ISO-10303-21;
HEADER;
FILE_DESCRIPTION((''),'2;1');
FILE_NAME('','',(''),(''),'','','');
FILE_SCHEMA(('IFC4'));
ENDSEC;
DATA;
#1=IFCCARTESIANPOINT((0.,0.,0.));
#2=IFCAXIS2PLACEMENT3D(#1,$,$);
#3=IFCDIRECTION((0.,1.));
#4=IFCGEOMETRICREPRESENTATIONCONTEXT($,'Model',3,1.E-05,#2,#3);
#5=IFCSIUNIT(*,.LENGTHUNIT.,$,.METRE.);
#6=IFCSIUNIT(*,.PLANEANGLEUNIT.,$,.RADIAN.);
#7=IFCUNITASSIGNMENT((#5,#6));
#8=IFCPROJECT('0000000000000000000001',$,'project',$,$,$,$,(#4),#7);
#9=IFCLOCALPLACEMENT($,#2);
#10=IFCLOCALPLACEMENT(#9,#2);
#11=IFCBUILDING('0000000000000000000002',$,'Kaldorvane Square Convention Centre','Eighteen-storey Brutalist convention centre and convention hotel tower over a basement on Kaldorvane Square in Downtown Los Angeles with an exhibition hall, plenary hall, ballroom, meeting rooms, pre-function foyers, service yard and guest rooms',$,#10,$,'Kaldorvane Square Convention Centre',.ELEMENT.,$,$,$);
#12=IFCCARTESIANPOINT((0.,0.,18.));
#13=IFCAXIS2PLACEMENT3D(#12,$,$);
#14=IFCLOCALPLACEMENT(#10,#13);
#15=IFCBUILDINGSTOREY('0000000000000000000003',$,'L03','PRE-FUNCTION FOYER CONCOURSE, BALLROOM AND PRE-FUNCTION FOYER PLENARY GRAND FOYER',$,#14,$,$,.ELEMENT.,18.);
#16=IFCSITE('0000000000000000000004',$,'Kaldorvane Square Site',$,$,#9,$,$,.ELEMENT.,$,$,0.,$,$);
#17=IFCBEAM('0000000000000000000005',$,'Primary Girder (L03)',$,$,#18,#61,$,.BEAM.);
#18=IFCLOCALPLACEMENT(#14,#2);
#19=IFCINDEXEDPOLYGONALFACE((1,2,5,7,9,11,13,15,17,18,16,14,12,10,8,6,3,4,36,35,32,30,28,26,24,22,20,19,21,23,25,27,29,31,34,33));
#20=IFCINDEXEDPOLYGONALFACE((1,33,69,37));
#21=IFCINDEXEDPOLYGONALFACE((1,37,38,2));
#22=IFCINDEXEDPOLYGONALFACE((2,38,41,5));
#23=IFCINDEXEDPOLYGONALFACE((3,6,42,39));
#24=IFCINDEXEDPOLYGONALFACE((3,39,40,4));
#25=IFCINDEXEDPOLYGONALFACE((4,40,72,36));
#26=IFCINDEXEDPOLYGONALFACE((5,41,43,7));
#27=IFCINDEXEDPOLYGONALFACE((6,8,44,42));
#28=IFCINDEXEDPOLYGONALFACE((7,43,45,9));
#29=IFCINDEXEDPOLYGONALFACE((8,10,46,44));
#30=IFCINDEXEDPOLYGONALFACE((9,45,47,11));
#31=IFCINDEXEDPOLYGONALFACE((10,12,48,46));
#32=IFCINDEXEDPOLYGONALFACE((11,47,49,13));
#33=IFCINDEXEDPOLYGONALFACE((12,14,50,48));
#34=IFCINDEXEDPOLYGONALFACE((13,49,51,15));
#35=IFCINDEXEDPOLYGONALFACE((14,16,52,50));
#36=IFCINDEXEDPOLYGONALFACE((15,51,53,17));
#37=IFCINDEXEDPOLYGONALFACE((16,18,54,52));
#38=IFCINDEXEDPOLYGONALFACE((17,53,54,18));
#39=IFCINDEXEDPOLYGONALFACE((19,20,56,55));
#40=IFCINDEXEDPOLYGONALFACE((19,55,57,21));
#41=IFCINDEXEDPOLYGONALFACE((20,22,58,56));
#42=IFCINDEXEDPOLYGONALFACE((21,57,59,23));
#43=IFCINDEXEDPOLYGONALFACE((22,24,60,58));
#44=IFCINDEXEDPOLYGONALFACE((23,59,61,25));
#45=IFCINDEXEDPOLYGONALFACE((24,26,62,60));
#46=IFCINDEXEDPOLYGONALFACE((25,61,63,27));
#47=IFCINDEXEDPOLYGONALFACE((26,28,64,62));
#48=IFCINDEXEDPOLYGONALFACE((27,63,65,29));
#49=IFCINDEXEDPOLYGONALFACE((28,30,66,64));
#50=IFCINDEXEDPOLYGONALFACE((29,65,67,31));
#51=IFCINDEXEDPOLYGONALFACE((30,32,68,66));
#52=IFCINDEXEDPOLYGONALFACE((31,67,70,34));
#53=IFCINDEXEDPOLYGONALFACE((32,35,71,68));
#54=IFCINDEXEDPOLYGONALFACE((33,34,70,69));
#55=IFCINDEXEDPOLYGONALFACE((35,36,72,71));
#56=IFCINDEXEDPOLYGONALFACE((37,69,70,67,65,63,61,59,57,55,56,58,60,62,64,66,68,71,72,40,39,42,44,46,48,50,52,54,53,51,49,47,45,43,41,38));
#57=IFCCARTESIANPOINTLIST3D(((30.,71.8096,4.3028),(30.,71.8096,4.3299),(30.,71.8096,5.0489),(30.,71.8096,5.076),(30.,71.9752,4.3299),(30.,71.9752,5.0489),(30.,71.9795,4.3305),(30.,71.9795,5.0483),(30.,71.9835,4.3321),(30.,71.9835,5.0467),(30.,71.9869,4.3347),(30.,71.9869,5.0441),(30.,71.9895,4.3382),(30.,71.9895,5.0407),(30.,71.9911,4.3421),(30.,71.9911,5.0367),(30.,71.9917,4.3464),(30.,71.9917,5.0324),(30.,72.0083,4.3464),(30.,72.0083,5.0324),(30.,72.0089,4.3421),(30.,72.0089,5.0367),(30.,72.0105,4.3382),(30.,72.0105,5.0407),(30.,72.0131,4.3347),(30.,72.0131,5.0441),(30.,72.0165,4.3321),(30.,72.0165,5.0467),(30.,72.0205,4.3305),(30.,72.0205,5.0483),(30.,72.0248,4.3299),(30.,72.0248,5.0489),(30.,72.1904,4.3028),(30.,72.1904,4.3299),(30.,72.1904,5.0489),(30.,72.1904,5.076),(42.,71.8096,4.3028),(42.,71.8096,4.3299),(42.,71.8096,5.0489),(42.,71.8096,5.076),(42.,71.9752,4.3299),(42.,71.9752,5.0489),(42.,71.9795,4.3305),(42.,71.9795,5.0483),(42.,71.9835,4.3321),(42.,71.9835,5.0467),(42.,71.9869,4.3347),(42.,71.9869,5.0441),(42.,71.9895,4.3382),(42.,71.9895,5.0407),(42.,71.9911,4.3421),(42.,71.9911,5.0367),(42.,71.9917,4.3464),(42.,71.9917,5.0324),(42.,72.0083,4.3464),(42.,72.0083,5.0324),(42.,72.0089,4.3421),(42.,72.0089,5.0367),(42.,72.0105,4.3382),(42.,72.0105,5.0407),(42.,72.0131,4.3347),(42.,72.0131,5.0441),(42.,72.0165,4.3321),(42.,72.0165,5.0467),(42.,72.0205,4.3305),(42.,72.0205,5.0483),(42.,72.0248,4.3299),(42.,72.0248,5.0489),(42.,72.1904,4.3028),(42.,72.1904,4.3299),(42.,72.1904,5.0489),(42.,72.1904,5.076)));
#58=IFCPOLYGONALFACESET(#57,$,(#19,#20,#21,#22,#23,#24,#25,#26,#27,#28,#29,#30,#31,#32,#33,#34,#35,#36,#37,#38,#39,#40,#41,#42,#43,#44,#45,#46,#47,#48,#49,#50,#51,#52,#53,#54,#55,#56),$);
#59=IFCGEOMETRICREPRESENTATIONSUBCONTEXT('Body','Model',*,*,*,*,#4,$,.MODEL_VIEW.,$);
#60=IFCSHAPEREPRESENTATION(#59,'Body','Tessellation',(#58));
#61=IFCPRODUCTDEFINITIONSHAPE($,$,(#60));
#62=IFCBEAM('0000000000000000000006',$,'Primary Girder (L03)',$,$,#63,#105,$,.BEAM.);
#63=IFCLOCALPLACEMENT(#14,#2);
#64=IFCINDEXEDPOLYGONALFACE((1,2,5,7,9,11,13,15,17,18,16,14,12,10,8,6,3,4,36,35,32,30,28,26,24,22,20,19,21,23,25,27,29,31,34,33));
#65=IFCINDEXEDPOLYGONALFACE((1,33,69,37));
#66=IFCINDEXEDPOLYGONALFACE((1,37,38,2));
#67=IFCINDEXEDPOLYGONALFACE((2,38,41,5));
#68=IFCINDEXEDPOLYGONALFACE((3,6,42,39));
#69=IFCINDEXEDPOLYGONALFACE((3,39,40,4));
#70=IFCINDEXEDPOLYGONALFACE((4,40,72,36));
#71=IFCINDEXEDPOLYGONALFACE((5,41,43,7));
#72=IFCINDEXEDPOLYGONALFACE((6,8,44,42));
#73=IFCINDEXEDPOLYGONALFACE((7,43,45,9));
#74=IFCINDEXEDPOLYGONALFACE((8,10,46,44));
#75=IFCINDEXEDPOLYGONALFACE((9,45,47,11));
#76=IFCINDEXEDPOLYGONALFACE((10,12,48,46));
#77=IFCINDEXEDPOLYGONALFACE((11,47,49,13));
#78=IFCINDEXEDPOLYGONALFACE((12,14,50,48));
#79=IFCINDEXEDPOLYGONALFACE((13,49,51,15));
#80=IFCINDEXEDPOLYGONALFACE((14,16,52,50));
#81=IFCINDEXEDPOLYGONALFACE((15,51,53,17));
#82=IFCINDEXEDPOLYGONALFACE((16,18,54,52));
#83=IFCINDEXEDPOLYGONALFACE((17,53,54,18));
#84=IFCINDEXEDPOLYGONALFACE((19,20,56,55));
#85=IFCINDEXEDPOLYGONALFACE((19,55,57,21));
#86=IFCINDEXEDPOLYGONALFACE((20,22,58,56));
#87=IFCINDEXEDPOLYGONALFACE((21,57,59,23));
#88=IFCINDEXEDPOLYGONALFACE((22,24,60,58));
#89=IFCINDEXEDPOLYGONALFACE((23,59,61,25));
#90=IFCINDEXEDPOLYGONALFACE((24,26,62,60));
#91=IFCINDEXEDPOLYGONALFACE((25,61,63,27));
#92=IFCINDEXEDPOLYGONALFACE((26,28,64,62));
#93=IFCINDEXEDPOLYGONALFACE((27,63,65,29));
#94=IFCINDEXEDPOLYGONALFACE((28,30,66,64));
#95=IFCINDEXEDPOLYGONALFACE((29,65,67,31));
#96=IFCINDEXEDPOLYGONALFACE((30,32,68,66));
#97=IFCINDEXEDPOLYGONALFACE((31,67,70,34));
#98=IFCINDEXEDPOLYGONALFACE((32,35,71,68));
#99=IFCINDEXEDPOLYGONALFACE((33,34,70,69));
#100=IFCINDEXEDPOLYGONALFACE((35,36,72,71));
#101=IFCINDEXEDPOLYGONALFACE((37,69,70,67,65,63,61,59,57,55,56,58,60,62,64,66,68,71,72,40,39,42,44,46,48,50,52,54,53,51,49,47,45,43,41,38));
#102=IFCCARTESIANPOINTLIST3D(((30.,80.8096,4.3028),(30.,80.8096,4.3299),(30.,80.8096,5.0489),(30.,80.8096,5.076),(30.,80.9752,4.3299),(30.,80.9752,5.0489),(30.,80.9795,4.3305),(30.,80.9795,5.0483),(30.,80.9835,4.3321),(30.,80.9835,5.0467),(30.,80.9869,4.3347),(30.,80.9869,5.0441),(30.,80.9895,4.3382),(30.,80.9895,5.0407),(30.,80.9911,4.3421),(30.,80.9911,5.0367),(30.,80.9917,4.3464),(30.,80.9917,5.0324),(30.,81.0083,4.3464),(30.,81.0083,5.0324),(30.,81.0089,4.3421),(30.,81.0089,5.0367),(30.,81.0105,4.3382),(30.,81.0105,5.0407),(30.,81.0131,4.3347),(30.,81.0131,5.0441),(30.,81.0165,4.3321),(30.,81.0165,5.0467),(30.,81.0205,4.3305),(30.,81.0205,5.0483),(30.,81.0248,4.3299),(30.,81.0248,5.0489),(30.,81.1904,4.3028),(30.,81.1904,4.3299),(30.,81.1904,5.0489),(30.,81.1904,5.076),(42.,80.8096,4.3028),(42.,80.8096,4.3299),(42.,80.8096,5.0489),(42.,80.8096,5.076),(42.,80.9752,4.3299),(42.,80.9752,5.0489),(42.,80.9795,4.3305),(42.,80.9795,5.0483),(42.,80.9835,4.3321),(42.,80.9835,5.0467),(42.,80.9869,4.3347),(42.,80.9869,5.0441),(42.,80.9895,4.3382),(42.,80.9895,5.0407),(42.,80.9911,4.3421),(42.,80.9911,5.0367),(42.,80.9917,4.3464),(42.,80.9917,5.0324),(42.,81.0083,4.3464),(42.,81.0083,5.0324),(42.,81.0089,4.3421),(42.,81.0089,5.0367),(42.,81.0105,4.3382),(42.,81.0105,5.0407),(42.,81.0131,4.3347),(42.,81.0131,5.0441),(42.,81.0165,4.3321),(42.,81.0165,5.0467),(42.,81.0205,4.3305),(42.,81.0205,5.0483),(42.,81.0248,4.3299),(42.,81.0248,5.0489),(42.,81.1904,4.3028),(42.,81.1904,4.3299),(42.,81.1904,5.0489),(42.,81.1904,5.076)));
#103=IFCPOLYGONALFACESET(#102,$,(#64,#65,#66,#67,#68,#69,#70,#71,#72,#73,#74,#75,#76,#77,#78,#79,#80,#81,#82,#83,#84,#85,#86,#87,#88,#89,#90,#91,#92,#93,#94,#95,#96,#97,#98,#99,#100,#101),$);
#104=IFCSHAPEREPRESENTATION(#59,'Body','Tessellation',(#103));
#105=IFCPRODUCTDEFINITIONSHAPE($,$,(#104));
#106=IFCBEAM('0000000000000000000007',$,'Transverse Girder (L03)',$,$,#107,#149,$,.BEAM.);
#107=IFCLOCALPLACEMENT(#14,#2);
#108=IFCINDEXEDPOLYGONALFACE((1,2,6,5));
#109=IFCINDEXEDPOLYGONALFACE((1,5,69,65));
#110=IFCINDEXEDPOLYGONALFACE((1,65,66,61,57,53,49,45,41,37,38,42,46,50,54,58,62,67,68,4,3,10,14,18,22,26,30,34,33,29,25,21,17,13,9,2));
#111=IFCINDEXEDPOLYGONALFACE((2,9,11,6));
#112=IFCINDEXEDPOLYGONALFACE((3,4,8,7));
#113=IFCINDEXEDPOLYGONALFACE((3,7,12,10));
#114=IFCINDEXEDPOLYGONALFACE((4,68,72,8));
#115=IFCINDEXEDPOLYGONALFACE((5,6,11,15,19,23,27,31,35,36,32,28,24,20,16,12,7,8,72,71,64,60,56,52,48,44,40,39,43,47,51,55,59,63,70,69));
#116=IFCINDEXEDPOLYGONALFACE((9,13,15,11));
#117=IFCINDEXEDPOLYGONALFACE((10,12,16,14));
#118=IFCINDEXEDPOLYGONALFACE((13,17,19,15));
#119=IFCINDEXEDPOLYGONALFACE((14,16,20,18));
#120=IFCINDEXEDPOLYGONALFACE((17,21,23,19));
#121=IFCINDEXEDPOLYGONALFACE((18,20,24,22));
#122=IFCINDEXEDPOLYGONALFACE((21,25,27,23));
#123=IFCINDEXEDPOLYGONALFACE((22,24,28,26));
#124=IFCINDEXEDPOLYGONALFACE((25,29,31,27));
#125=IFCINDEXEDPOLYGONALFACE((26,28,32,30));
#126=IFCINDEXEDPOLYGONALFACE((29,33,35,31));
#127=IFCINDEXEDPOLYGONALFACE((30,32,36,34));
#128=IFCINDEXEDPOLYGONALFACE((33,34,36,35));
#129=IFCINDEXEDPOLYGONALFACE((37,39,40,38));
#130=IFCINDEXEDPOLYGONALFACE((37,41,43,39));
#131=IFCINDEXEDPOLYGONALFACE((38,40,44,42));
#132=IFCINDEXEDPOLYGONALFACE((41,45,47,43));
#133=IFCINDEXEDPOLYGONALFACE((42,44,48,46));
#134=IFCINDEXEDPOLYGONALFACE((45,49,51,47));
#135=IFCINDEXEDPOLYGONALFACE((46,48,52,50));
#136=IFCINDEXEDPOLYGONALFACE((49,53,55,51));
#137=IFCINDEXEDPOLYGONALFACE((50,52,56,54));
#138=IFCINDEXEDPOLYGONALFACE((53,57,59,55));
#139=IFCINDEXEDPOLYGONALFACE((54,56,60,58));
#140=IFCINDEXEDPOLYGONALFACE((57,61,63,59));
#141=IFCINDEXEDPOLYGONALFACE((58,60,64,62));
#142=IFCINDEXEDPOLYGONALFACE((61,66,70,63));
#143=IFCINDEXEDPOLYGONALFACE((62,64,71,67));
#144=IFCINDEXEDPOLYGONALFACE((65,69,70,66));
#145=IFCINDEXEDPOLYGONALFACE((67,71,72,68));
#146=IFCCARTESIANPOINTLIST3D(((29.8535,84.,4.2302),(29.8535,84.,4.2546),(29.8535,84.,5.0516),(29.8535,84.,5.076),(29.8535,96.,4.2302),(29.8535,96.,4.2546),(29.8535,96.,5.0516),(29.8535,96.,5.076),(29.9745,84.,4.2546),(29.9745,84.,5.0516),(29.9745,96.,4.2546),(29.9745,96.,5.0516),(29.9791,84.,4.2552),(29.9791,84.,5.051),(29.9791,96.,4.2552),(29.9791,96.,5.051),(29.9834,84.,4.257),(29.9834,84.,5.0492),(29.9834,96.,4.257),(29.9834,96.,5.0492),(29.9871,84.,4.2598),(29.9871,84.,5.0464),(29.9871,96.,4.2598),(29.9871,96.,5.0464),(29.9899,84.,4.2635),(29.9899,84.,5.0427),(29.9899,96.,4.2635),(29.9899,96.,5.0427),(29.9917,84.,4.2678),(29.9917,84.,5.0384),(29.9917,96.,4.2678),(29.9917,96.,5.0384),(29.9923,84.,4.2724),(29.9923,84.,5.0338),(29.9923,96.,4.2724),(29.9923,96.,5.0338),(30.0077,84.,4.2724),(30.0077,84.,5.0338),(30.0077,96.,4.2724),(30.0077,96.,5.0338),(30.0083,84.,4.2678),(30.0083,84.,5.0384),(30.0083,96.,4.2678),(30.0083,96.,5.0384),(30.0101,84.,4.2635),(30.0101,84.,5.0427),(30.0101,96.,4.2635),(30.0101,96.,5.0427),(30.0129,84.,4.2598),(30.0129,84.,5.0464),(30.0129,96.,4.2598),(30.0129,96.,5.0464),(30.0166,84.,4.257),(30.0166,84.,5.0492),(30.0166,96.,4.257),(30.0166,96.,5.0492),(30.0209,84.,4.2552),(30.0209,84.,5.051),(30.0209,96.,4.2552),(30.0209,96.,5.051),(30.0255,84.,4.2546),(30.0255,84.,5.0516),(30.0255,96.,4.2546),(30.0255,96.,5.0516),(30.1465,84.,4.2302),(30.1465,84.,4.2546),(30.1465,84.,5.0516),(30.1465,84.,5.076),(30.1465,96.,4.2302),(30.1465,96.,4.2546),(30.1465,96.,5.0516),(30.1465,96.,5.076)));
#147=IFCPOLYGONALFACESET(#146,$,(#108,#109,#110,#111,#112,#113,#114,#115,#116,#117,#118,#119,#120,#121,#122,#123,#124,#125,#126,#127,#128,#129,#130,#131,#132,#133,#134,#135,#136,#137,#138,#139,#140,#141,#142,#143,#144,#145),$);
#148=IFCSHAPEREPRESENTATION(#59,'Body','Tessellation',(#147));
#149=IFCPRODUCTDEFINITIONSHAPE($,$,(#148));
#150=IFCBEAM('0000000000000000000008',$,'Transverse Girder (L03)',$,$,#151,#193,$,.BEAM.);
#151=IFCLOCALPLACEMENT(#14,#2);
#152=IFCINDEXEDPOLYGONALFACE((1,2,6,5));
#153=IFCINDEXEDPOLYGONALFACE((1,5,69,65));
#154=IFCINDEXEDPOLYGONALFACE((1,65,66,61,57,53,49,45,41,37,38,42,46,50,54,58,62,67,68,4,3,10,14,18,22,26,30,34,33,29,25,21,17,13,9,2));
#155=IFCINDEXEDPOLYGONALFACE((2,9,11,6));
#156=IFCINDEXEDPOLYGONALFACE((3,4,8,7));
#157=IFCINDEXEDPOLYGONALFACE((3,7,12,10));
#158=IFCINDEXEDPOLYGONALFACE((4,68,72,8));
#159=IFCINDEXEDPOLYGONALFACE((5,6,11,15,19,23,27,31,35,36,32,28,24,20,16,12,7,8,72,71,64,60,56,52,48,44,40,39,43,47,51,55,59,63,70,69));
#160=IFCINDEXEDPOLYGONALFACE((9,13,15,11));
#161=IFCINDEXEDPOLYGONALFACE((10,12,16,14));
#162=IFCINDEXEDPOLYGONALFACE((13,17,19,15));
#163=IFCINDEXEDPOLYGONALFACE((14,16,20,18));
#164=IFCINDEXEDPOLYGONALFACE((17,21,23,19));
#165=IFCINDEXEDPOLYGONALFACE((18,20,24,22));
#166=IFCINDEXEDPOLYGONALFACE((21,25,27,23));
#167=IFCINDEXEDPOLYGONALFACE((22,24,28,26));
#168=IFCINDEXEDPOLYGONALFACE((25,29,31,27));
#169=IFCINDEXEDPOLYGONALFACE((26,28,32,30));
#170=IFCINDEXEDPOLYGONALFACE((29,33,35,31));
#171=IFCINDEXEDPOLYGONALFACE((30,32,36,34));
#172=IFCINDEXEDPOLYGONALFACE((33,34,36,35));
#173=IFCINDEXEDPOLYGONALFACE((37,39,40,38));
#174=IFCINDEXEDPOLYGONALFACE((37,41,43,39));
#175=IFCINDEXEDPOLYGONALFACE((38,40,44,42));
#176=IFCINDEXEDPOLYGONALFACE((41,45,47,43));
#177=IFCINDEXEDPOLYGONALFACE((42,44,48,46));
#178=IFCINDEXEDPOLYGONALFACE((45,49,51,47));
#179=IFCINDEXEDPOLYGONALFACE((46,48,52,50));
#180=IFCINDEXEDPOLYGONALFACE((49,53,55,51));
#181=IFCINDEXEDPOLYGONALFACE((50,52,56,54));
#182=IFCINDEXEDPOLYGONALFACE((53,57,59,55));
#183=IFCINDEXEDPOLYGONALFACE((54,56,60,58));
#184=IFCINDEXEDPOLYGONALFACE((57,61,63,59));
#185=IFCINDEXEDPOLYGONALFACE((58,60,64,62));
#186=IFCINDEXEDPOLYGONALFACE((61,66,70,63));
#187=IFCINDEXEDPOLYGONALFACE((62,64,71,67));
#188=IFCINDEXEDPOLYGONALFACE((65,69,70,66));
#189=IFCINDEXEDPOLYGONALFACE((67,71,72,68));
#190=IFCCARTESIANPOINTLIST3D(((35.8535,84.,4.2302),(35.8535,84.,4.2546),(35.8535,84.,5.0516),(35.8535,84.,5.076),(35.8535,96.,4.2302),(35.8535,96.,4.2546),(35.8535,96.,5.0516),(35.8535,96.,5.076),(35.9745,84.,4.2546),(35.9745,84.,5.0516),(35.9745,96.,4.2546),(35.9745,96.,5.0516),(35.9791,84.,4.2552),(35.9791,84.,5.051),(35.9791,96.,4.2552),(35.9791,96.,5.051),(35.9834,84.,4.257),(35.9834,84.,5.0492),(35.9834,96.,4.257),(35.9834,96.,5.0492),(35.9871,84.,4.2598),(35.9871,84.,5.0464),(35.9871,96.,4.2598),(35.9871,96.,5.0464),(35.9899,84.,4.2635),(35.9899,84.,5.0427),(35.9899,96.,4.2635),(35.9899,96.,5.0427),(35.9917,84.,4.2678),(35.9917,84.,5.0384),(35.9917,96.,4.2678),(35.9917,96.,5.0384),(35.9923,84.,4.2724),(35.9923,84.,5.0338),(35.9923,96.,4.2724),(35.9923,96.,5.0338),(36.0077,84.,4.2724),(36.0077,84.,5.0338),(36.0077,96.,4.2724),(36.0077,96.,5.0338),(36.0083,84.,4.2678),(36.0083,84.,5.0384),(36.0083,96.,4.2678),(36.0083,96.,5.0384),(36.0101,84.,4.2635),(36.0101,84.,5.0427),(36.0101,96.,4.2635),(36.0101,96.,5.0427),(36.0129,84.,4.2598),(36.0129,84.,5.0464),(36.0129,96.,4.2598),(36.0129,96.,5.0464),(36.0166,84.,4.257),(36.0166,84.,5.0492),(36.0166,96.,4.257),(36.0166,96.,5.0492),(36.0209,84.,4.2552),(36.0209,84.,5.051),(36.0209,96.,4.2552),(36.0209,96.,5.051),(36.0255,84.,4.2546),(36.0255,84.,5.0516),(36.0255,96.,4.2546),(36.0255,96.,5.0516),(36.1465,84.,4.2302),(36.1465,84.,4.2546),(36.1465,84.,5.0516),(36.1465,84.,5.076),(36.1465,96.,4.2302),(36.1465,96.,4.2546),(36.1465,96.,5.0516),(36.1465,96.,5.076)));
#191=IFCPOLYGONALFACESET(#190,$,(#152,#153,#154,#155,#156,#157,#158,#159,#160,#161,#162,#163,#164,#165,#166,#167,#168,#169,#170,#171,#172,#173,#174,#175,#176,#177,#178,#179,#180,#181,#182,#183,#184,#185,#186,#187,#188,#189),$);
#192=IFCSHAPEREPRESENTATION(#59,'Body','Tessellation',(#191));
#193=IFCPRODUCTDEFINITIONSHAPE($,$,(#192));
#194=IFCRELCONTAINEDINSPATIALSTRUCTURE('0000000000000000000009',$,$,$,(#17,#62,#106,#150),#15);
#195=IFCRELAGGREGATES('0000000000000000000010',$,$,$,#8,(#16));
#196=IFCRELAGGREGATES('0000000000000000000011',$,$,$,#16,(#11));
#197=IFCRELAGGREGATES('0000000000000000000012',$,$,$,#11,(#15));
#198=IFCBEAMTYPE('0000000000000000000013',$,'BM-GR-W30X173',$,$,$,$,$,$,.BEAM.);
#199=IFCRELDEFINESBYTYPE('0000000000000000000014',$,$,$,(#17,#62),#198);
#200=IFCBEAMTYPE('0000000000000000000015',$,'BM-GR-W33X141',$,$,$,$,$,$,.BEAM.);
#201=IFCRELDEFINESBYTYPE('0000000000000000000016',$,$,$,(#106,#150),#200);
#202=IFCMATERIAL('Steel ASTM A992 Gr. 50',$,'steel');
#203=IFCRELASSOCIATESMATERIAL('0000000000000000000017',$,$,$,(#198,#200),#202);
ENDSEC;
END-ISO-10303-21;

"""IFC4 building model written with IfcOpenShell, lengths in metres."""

from ifc_helpers import new_model, si_unit, direction, frame, origin, origin_2d, place, context, subcontext, project, spatial, i_section, extrude, material, material_profile, profile_set, type_object, element, save


model = new_model("IFC4")

# Units and contexts
model_context = context("Model", 3, precision=1e-05, world=origin(), true_north=direction((0.0, 1.0)))
body_context = subcontext(model_context, "Body", "Model", "MODEL_VIEW")
ifc_project = project(units=[si_unit("LENGTHUNIT", "METRE"), si_unit("PLANEANGLEUNIT", "RADIAN")], contexts=[model_context])

# Site, building, storey
site_placement = place(None, origin())
site = spatial("IfcSite", under=ifc_project, at=site_placement, Name="Kaldorvane Square Site", CompositionType="ELEMENT", RefElevation=0.0)
building_placement = place(site_placement, origin())
building = spatial("IfcBuilding", under=site, at=building_placement, Name="Kaldorvane Square Convention Centre", Description="Eighteen-storey Brutalist convention centre and convention hotel tower over a basement on Kaldorvane Square in Downtown Los Angeles with an exhibition hall, plenary hall, ballroom, meeting rooms, pre-function foyers, service yard and guest rooms", LongName="Kaldorvane Square Convention Centre", CompositionType="ELEMENT")
storey_placement = place(building_placement, frame((0.0, 0.0, 18.0)))
storey = spatial("IfcBuildingStorey", under=building, at=storey_placement, Name="L03", Description="PRE-FUNCTION FOYER CONCOURSE, BALLROOM AND PRE-FUNCTION FOYER PLENARY GRAND FOYER", CompositionType="ELEMENT", Elevation=18.0)

# Shared definitions
ifc_material_1 = material(Name="Steel ASTM A992 Gr. 50", Category="steel")

# Beams
ifc_material_profile_1 = material_profile(ifc_material_1, i_section(OverallWidth=0.3807, OverallDepth=0.7732, WebThickness=0.0166, FlangeThickness=0.0271, FilletRadius=0.0165, at=origin_2d()), Name="W30X173")
ifc_profile_set_1 = profile_set([ifc_material_profile_1], Name="Steel ASTM A992 Gr. 50")
beam_type_1 = type_object("IfcBeamType", Name="BM-GR-W30X173", PredefinedType="BEAM", material=ifc_profile_set_1)
for number, where, z_axis, x_axis, name in (
    (1, (30.0, 72.0, 4.6894), (1.0, 0.0, 0.0), (0.0, 1.0, 0.0), "Primary Girder (L03)"),
    (2, (30.0, 81.0, 4.6894), (1.0, 0.0, 0.0), (0.0, 1.0, 0.0), "Primary Girder (L03)"),
):
    element("IfcBeam", number, at=place(storey_placement, frame(where, z_axis=z_axis, x_axis=x_axis)), inside=storey, type_object=beam_type_1, Name=name, PredefinedType="BEAM", context=body_context, shape_type="SweptSolid", body=[
        extrude(i_section(OverallWidth=0.3807, OverallDepth=0.7732, WebThickness=0.0166, FlangeThickness=0.0271, FilletRadius=0.0165, at=origin_2d()), origin(), (0.0, 0.0, 1.0), 12.0),
    ])
ifc_material_profile_2 = material_profile(ifc_material_1, i_section(OverallWidth=0.293, OverallDepth=0.8458, WebThickness=0.0154, FlangeThickness=0.0244, FilletRadius=0.0178, at=origin_2d()), Name="W33X141")
ifc_profile_set_2 = profile_set([ifc_material_profile_2], Name="Steel ASTM A992 Gr. 50")
beam_type_2 = type_object("IfcBeamType", Name="BM-GR-W33X141", PredefinedType="BEAM", material=ifc_profile_set_2)
for number, where, z_axis, x_axis, name in (
    (3, (30.0, 84.0, 4.6531), (0.0, 1.0, 0.0), (-1.0, 0.0, 0.0), "Transverse Girder (L03)"),
    (4, (36.0, 84.0, 4.6531), (0.0, 1.0, 0.0), (-1.0, 0.0, 0.0), "Transverse Girder (L03)"),
):
    element("IfcBeam", number, at=place(storey_placement, frame(where, z_axis=z_axis, x_axis=x_axis)), inside=storey, type_object=beam_type_2, Name=name, PredefinedType="BEAM", context=body_context, shape_type="SweptSolid", body=[
        extrude(i_section(OverallWidth=0.293, OverallDepth=0.8458, WebThickness=0.0154, FlangeThickness=0.0244, FilletRadius=0.0178, at=origin_2d()), origin(), (0.0, 0.0, 1.0), 12.0),
    ])

save(model, "model.ifc")
